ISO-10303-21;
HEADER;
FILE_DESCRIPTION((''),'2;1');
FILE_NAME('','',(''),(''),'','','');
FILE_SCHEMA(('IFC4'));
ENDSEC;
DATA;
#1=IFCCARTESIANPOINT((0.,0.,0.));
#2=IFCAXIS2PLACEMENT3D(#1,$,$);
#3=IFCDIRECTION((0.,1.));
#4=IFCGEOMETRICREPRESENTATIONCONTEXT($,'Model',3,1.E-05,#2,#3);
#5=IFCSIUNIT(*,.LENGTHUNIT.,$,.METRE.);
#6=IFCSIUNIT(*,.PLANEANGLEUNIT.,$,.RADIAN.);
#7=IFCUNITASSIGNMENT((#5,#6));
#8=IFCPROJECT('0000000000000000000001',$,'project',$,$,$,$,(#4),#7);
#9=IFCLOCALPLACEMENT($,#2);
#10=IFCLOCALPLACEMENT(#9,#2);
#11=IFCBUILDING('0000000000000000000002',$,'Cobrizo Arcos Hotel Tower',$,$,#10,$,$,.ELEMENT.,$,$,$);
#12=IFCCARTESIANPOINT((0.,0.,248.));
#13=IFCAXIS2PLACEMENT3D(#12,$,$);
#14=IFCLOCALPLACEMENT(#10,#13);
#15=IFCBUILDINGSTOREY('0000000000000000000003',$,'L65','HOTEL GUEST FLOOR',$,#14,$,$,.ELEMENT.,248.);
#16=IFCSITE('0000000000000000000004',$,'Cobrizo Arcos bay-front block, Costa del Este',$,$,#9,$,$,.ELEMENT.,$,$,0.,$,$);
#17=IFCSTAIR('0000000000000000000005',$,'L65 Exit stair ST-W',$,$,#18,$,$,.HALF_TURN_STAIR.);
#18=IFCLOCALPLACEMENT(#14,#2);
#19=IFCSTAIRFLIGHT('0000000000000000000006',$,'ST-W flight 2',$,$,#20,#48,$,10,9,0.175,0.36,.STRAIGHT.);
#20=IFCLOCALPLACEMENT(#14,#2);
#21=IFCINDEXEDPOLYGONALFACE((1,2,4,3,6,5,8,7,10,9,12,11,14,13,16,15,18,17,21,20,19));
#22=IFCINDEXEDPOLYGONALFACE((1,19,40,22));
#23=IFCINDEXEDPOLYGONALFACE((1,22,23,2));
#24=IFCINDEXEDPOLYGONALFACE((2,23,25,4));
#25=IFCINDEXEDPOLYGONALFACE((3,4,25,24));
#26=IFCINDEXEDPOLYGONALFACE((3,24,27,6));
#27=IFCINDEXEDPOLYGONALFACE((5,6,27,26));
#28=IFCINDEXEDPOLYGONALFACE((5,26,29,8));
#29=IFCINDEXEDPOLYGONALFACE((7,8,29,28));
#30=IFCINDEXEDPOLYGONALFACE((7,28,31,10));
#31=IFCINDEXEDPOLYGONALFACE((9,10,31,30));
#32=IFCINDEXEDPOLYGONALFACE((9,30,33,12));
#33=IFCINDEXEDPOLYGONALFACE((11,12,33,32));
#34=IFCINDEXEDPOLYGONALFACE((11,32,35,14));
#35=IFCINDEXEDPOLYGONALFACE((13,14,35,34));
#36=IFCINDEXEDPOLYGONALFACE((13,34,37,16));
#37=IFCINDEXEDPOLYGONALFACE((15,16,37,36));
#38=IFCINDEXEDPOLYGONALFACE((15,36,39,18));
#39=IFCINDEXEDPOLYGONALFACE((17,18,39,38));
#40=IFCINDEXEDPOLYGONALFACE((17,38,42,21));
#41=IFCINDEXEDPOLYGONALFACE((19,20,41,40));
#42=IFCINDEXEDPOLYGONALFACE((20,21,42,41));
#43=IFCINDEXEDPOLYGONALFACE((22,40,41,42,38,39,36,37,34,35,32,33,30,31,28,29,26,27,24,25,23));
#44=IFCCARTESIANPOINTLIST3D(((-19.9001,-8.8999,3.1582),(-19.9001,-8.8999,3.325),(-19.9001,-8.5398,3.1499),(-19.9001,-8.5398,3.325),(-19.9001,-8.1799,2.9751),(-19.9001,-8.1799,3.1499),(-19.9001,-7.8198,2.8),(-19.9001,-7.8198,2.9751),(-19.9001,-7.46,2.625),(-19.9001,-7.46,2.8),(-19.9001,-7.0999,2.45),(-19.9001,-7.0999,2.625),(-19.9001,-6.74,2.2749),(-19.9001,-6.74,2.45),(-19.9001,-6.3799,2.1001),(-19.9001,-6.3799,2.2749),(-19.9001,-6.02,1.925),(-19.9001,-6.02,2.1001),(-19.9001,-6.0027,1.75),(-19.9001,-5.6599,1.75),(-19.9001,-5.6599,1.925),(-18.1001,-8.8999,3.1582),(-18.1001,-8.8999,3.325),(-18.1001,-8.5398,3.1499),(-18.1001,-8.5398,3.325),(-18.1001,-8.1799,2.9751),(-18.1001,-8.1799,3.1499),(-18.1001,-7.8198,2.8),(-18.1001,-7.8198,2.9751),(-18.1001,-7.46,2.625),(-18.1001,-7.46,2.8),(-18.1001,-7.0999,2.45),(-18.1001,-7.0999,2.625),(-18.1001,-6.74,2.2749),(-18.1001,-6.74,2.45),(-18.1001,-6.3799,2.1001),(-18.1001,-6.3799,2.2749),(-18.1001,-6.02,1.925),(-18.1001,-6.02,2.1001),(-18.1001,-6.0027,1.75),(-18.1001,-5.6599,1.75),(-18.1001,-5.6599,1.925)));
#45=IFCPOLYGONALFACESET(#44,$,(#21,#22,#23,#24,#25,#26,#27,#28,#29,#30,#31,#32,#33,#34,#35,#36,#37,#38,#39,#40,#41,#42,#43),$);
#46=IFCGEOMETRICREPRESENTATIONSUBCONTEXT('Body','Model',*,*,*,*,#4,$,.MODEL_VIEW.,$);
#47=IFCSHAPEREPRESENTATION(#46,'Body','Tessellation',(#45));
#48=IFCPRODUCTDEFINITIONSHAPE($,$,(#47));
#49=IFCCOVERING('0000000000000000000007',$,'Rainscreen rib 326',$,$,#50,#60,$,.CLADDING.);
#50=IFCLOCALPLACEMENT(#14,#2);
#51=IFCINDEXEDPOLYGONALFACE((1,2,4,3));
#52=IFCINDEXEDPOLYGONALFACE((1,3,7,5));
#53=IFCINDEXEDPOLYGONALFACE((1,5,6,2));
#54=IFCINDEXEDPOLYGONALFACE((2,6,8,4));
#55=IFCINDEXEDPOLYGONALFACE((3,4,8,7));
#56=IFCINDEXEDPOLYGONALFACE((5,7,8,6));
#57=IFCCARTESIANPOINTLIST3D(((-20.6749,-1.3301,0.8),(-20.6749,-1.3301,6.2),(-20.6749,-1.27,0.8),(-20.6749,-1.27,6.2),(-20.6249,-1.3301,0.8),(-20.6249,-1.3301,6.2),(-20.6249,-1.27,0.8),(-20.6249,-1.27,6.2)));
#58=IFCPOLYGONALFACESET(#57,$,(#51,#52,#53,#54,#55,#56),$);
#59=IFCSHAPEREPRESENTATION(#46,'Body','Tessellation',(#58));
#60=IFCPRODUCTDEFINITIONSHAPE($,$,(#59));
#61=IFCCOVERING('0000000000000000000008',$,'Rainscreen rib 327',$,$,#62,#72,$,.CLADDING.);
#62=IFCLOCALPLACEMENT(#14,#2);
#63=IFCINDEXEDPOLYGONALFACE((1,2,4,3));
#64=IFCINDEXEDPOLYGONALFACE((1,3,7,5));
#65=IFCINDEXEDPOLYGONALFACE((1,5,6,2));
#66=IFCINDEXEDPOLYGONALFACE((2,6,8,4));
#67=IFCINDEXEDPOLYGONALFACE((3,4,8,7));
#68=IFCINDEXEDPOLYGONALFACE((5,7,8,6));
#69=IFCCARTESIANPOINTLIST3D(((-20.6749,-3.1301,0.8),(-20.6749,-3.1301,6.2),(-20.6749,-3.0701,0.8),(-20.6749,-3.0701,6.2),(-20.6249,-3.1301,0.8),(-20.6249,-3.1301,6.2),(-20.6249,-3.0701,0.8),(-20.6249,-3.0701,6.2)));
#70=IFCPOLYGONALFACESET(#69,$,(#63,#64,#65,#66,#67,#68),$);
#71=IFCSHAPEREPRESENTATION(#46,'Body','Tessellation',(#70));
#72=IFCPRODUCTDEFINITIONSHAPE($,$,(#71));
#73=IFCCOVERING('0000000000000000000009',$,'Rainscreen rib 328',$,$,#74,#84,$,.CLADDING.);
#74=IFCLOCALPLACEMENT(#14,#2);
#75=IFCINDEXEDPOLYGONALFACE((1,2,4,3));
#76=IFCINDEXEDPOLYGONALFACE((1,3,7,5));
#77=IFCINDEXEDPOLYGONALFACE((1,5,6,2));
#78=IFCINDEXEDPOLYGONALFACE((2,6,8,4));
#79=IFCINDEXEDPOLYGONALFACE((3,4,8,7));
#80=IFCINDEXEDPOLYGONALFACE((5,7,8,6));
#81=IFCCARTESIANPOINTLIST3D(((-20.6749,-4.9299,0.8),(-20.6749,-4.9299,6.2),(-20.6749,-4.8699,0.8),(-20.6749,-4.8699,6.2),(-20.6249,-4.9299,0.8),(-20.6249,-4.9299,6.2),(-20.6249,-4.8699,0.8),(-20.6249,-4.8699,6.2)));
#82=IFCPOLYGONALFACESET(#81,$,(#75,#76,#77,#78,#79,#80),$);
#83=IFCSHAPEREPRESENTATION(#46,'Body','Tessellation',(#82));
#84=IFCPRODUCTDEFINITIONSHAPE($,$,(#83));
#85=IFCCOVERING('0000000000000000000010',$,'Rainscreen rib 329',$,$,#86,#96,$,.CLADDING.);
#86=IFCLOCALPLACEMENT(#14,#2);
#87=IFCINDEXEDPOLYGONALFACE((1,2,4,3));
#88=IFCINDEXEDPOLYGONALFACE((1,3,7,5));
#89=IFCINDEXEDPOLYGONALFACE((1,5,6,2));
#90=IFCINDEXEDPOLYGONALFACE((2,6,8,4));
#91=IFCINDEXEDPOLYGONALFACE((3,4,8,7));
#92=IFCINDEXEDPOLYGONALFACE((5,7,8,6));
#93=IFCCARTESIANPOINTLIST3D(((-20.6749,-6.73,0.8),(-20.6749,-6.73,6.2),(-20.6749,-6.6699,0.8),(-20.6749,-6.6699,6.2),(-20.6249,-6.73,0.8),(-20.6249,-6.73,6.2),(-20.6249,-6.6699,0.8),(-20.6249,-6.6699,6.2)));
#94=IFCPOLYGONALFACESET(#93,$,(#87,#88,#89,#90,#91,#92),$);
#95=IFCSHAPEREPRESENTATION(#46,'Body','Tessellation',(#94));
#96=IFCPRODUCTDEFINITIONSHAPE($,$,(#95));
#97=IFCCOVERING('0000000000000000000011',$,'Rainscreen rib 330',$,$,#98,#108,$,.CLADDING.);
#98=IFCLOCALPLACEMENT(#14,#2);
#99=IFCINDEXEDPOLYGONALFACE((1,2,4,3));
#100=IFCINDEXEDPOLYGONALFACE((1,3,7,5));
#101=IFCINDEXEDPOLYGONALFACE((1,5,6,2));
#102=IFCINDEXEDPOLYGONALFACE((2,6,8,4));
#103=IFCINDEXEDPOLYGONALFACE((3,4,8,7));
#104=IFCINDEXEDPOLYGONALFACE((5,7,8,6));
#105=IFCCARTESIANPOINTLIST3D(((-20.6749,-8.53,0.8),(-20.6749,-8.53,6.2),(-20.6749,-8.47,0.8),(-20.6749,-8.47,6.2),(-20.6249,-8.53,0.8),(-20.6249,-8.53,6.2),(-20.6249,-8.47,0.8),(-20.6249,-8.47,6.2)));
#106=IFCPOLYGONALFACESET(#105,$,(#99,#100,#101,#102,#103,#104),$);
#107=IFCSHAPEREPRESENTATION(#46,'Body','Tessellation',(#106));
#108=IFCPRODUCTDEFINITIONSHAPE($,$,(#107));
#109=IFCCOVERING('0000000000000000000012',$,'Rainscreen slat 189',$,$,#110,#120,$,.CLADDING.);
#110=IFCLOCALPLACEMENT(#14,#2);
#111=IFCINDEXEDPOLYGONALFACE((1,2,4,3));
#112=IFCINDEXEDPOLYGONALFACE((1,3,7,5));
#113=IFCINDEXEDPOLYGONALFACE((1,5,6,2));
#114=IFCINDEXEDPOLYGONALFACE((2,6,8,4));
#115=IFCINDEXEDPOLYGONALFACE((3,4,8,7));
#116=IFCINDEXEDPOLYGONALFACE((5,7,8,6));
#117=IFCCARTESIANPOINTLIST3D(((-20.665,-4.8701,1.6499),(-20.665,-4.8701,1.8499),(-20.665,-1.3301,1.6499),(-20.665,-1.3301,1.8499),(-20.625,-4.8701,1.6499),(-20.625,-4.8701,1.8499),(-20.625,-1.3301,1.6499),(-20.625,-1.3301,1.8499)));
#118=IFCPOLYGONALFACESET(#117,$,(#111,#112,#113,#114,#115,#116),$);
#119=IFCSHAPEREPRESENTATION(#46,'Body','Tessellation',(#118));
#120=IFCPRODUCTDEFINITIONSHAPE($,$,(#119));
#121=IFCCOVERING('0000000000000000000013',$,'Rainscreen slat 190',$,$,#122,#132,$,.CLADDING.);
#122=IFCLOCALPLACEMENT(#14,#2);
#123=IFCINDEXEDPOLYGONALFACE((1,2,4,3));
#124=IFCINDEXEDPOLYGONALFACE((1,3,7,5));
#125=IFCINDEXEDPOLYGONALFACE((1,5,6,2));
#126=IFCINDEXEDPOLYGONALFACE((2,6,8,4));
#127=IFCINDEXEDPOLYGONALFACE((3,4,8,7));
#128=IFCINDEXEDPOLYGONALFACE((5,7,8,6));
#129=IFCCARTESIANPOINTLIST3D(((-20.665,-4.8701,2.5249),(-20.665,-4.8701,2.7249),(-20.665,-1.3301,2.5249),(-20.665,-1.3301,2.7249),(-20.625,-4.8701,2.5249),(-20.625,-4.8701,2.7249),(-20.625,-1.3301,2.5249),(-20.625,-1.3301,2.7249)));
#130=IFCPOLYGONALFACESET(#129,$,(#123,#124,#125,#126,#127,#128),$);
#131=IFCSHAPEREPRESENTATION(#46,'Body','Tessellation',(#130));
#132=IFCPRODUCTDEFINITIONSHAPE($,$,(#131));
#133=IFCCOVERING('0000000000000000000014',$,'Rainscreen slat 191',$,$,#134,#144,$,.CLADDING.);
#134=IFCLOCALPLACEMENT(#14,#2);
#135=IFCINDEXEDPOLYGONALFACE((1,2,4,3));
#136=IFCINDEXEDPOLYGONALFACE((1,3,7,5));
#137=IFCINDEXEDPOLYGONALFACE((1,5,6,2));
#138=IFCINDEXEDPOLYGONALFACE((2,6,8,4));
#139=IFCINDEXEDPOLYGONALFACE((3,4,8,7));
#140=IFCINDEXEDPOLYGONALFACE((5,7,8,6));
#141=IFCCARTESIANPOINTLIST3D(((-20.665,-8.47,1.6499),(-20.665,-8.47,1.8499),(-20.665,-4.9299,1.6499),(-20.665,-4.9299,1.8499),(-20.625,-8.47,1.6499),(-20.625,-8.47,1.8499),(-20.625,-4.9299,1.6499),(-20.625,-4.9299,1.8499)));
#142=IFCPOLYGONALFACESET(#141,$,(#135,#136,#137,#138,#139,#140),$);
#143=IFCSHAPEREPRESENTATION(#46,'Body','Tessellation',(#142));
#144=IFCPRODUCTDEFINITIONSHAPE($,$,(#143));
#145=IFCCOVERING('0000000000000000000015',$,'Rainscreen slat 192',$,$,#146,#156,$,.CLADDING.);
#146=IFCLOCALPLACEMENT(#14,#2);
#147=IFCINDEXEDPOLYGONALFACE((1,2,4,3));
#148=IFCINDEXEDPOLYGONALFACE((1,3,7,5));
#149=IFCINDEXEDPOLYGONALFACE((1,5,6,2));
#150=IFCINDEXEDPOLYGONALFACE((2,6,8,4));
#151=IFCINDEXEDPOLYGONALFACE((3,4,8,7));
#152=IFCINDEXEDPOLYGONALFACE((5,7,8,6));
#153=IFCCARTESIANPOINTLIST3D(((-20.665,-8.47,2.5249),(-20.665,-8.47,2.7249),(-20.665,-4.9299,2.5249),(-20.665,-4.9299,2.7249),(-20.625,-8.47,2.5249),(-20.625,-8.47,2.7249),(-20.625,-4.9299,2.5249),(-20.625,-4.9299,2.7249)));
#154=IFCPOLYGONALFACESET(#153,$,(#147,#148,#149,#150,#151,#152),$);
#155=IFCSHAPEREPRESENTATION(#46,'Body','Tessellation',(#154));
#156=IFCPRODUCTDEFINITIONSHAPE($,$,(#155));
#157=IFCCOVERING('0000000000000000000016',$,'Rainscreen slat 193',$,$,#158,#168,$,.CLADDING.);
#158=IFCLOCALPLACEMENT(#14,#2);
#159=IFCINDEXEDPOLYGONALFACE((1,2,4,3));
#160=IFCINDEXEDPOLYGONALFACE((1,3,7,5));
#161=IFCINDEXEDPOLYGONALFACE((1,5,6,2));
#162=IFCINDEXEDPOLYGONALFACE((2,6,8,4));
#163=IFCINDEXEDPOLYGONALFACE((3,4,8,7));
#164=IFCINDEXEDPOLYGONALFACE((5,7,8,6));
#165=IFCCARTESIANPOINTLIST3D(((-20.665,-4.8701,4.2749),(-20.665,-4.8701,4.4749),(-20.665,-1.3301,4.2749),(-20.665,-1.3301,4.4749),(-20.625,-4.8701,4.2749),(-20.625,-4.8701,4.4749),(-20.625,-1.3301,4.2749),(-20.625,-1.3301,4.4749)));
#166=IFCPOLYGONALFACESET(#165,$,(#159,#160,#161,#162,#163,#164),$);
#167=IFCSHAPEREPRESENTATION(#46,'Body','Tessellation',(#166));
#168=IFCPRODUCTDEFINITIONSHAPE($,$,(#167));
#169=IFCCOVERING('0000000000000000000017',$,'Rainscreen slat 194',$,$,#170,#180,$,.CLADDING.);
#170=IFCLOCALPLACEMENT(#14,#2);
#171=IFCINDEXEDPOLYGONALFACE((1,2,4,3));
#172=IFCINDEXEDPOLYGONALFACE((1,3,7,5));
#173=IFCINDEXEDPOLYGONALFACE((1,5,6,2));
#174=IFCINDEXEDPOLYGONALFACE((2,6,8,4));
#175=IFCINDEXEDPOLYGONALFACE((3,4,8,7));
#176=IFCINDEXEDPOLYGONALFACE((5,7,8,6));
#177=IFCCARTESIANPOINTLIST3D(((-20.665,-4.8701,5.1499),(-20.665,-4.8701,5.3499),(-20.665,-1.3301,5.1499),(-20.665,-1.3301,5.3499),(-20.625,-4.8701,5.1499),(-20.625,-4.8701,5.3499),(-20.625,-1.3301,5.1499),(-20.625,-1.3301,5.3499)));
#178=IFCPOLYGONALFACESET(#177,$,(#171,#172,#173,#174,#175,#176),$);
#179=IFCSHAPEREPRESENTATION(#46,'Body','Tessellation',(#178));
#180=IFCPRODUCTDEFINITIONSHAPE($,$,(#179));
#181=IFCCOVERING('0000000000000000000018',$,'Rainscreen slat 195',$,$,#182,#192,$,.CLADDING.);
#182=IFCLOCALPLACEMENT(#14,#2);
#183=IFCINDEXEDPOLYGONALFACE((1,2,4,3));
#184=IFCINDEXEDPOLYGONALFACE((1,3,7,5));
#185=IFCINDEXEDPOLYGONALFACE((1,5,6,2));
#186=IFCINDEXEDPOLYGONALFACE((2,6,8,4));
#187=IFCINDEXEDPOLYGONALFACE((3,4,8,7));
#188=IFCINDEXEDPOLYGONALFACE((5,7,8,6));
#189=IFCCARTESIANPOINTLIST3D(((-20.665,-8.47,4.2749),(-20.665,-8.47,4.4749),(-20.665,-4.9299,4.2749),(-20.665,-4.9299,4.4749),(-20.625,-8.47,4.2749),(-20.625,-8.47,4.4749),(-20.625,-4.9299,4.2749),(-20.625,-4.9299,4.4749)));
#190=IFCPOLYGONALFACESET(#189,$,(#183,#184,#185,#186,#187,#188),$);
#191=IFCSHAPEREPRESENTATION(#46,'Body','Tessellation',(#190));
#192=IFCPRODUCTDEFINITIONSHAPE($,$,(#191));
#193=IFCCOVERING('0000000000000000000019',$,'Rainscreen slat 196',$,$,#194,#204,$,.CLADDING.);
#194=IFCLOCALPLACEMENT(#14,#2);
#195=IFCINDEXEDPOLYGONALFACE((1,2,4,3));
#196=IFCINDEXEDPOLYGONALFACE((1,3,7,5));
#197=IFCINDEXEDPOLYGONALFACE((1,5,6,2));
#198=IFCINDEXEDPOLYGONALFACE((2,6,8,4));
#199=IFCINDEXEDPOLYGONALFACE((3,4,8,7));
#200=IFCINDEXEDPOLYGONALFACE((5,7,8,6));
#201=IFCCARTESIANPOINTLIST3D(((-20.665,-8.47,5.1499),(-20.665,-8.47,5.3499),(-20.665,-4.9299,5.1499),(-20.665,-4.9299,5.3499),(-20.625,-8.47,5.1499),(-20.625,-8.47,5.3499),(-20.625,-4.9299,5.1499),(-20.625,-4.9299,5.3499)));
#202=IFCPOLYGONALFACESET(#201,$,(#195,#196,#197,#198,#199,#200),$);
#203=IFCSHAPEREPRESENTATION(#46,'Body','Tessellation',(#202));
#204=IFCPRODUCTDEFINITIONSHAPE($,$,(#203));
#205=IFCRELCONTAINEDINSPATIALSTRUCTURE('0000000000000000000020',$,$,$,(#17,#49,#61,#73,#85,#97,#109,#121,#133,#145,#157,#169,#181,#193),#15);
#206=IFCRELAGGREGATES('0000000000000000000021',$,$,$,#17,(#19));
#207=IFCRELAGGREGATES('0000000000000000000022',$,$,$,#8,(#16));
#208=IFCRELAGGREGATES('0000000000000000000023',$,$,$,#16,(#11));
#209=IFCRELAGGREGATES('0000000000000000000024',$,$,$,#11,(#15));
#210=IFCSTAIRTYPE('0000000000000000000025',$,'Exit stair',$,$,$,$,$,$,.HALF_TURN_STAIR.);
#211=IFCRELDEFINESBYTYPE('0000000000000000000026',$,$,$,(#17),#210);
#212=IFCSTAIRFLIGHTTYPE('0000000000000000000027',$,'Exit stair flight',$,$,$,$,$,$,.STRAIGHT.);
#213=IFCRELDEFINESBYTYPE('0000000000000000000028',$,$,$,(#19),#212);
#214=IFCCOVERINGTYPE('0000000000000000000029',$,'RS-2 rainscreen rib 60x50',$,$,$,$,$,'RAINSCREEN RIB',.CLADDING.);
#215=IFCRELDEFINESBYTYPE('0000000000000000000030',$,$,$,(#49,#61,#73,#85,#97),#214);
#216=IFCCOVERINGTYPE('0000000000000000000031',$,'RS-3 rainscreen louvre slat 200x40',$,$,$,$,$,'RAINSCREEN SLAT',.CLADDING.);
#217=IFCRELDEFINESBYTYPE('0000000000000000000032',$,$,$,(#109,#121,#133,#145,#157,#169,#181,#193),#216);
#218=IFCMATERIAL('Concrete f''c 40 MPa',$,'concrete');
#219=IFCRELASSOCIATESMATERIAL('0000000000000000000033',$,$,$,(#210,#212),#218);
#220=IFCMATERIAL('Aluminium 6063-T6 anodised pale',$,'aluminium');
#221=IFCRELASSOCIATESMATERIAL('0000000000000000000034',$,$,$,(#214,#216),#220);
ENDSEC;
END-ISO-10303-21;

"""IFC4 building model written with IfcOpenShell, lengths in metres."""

from ifc_helpers import new_model, si_unit, direction, frame, origin, origin_2d, place, context, subcontext, project, spatial, polyline, rectangle, outline, extrude, material, type_object, element, aggregate, save


model = new_model("IFC4")

# Units and contexts
model_context = context("Model", 3, precision=1e-05, world=origin(), true_north=direction((0.0, 1.0)))
body_context = subcontext(model_context, "Body", "Model", "MODEL_VIEW")
ifc_project = project(units=[si_unit("LENGTHUNIT", "METRE"), si_unit("PLANEANGLEUNIT", "RADIAN")], contexts=[model_context])

# Site, building, storey
site_placement = place(None, origin())
site = spatial("IfcSite", under=ifc_project, at=site_placement, Name="Cobrizo Arcos bay-front block, Costa del Este", CompositionType="ELEMENT", RefElevation=0.0)
building_placement = place(site_placement, origin())
building = spatial("IfcBuilding", under=site, at=building_placement, Name="Cobrizo Arcos Hotel Tower", CompositionType="ELEMENT")
storey_placement = place(building_placement, frame((0.0, 0.0, 248.0)))
storey = spatial("IfcBuildingStorey", under=building, at=storey_placement, Name="L65", Description="HOTEL GUEST FLOOR", CompositionType="ELEMENT", Elevation=248.0)

# Shared definitions
ifc_material_1 = material(Name="Concrete f'c 40 MPa", Category="concrete")

# Stair, stair flight
stair_type = type_object("IfcStairType", Name="Exit stair", PredefinedType="HALF_TURN_STAIR", material=ifc_material_1)
stair_placement = place(storey_placement, origin())
stair = element("IfcStair", 1, at=stair_placement, inside=storey, type_object=stair_type, Name="L65 Exit stair ST-W", PredefinedType="HALF_TURN_STAIR")
stair_flight_type = type_object("IfcStairFlightType", Name="Exit stair flight", PredefinedType="STRAIGHT", material=ifc_material_1)
stair_flight_1_placement = place(storey_placement, frame((-19.0, -5.6599, 1.75), z_axis=(0.0, 0.0, 1.0), x_axis=(0.0, -1.0, 0.0)))
stair_flight_1 = element("IfcStairFlight", 2, at=stair_flight_1_placement, type_object=stair_flight_type, Name="ST-W flight 2", NumberOfRisers=10, NumberOfTreads=9, PredefinedType="STRAIGHT", RiserHeight=0.175, TreadLength=0.36, context=body_context, shape_type="SweptSolid", body=[
    extrude(outline(polyline([(0.0, 0.0), (0.0, 0.175), (0.3601, 0.175), (0.3601, 0.3501), (0.72, 0.3501), (0.72, 0.5249), (1.0801, 0.5249), (1.0801, 0.7), (1.4399, 0.7), (1.4399, 0.875), (1.8, 0.875), (1.8, 1.05), (2.1599, 1.05), (2.1599, 1.2251), (2.52, 1.2251), (2.52, 1.3999), (2.8799, 1.3999), (2.8799, 1.575), (3.24, 1.575), (3.24, 1.75), (3.24, 1.4082), (0.3428, 0.0), (0.0, 0.0)])), frame((0.0, 0.8999, 0.0), z_axis=(0.0, -1.0, 0.0), x_axis=(1.0, 0.0, 0.0)), (0.0, 0.0, 1.0), 1.8),
])
aggregate(stair, [stair_flight_1])

# Coverings
ifc_material_2 = material(Name="Aluminium 6063-T6 anodised pale", Category="aluminium")
covering_type_1 = type_object("IfcCoveringType", Name="RS-2 rainscreen rib 60x50", ElementType="RAINSCREEN RIB", PredefinedType="CLADDING", material=ifc_material_2)
for number, where, z_axis, x_axis, name in (
    (3, (-20.6499, -1.3, 0.8), (0.0, 0.0, 1.0), (0.0, -1.0, 0.0), "Rainscreen rib 326"),
    (4, (-20.6499, -3.1001, 0.8), (0.0, 0.0, 1.0), (0.0, -1.0, 0.0), "Rainscreen rib 327"),
    (5, (-20.6499, -4.8999, 0.8), (0.0, 0.0, 1.0), (0.0, -1.0, 0.0), "Rainscreen rib 328"),
    (6, (-20.6499, -6.7, 0.8), (0.0, 0.0, 1.0), (0.0, -1.0, 0.0), "Rainscreen rib 329"),
    (7, (-20.6499, -8.5, 0.8), (0.0, 0.0, 1.0), (0.0, -1.0, 0.0), "Rainscreen rib 330"),
):
    element("IfcCovering", number, at=place(storey_placement, frame(where, z_axis=z_axis, x_axis=x_axis)), inside=storey, type_object=covering_type_1, Name=name, PredefinedType="CLADDING", context=body_context, shape_type="SweptSolid", body=[
        extrude(rectangle(XDim=0.0601, YDim=0.05, at=origin_2d()), origin(), (0.0, 0.0, 1.0), 5.3999),
    ])
covering_type_2 = type_object("IfcCoveringType", Name="RS-3 rainscreen louvre slat 200x40", ElementType="RAINSCREEN SLAT", PredefinedType="CLADDING", material=ifc_material_2)
for number, where, z_axis, x_axis, name in (
    (8, (-20.645, -3.1001, 1.6499), (0.0, 0.0, 1.0), (0.0, -1.0, 0.0), "Rainscreen slat 189"),
    (9, (-20.645, -3.1001, 2.5249), (0.0, 0.0, 1.0), (0.0, -1.0, 0.0), "Rainscreen slat 190"),
    (10, (-20.645, -6.7, 1.6499), (0.0, 0.0, 1.0), (0.0, -1.0, 0.0), "Rainscreen slat 191"),
    (11, (-20.645, -6.7, 2.5249), (0.0, 0.0, 1.0), (0.0, -1.0, 0.0), "Rainscreen slat 192"),
    (12, (-20.645, -3.1001, 4.2749), (0.0, 0.0, 1.0), (0.0, -1.0, 0.0), "Rainscreen slat 193"),
    (13, (-20.645, -3.1001, 5.1499), (0.0, 0.0, 1.0), (0.0, -1.0, 0.0), "Rainscreen slat 194"),
    (14, (-20.645, -6.7, 4.2749), (0.0, 0.0, 1.0), (0.0, -1.0, 0.0), "Rainscreen slat 195"),
    (15, (-20.645, -6.7, 5.1499), (0.0, 0.0, 1.0), (0.0, -1.0, 0.0), "Rainscreen slat 196"),
):
    element("IfcCovering", number, at=place(storey_placement, frame(where, z_axis=z_axis, x_axis=x_axis)), inside=storey, type_object=covering_type_2, Name=name, PredefinedType="CLADDING", context=body_context, shape_type="SweptSolid", body=[
        extrude(rectangle(XDim=3.54, YDim=0.04, at=origin_2d()), origin(), (0.0, 0.0, 1.0), 0.2),
    ])

save(model, "model.ifc")
